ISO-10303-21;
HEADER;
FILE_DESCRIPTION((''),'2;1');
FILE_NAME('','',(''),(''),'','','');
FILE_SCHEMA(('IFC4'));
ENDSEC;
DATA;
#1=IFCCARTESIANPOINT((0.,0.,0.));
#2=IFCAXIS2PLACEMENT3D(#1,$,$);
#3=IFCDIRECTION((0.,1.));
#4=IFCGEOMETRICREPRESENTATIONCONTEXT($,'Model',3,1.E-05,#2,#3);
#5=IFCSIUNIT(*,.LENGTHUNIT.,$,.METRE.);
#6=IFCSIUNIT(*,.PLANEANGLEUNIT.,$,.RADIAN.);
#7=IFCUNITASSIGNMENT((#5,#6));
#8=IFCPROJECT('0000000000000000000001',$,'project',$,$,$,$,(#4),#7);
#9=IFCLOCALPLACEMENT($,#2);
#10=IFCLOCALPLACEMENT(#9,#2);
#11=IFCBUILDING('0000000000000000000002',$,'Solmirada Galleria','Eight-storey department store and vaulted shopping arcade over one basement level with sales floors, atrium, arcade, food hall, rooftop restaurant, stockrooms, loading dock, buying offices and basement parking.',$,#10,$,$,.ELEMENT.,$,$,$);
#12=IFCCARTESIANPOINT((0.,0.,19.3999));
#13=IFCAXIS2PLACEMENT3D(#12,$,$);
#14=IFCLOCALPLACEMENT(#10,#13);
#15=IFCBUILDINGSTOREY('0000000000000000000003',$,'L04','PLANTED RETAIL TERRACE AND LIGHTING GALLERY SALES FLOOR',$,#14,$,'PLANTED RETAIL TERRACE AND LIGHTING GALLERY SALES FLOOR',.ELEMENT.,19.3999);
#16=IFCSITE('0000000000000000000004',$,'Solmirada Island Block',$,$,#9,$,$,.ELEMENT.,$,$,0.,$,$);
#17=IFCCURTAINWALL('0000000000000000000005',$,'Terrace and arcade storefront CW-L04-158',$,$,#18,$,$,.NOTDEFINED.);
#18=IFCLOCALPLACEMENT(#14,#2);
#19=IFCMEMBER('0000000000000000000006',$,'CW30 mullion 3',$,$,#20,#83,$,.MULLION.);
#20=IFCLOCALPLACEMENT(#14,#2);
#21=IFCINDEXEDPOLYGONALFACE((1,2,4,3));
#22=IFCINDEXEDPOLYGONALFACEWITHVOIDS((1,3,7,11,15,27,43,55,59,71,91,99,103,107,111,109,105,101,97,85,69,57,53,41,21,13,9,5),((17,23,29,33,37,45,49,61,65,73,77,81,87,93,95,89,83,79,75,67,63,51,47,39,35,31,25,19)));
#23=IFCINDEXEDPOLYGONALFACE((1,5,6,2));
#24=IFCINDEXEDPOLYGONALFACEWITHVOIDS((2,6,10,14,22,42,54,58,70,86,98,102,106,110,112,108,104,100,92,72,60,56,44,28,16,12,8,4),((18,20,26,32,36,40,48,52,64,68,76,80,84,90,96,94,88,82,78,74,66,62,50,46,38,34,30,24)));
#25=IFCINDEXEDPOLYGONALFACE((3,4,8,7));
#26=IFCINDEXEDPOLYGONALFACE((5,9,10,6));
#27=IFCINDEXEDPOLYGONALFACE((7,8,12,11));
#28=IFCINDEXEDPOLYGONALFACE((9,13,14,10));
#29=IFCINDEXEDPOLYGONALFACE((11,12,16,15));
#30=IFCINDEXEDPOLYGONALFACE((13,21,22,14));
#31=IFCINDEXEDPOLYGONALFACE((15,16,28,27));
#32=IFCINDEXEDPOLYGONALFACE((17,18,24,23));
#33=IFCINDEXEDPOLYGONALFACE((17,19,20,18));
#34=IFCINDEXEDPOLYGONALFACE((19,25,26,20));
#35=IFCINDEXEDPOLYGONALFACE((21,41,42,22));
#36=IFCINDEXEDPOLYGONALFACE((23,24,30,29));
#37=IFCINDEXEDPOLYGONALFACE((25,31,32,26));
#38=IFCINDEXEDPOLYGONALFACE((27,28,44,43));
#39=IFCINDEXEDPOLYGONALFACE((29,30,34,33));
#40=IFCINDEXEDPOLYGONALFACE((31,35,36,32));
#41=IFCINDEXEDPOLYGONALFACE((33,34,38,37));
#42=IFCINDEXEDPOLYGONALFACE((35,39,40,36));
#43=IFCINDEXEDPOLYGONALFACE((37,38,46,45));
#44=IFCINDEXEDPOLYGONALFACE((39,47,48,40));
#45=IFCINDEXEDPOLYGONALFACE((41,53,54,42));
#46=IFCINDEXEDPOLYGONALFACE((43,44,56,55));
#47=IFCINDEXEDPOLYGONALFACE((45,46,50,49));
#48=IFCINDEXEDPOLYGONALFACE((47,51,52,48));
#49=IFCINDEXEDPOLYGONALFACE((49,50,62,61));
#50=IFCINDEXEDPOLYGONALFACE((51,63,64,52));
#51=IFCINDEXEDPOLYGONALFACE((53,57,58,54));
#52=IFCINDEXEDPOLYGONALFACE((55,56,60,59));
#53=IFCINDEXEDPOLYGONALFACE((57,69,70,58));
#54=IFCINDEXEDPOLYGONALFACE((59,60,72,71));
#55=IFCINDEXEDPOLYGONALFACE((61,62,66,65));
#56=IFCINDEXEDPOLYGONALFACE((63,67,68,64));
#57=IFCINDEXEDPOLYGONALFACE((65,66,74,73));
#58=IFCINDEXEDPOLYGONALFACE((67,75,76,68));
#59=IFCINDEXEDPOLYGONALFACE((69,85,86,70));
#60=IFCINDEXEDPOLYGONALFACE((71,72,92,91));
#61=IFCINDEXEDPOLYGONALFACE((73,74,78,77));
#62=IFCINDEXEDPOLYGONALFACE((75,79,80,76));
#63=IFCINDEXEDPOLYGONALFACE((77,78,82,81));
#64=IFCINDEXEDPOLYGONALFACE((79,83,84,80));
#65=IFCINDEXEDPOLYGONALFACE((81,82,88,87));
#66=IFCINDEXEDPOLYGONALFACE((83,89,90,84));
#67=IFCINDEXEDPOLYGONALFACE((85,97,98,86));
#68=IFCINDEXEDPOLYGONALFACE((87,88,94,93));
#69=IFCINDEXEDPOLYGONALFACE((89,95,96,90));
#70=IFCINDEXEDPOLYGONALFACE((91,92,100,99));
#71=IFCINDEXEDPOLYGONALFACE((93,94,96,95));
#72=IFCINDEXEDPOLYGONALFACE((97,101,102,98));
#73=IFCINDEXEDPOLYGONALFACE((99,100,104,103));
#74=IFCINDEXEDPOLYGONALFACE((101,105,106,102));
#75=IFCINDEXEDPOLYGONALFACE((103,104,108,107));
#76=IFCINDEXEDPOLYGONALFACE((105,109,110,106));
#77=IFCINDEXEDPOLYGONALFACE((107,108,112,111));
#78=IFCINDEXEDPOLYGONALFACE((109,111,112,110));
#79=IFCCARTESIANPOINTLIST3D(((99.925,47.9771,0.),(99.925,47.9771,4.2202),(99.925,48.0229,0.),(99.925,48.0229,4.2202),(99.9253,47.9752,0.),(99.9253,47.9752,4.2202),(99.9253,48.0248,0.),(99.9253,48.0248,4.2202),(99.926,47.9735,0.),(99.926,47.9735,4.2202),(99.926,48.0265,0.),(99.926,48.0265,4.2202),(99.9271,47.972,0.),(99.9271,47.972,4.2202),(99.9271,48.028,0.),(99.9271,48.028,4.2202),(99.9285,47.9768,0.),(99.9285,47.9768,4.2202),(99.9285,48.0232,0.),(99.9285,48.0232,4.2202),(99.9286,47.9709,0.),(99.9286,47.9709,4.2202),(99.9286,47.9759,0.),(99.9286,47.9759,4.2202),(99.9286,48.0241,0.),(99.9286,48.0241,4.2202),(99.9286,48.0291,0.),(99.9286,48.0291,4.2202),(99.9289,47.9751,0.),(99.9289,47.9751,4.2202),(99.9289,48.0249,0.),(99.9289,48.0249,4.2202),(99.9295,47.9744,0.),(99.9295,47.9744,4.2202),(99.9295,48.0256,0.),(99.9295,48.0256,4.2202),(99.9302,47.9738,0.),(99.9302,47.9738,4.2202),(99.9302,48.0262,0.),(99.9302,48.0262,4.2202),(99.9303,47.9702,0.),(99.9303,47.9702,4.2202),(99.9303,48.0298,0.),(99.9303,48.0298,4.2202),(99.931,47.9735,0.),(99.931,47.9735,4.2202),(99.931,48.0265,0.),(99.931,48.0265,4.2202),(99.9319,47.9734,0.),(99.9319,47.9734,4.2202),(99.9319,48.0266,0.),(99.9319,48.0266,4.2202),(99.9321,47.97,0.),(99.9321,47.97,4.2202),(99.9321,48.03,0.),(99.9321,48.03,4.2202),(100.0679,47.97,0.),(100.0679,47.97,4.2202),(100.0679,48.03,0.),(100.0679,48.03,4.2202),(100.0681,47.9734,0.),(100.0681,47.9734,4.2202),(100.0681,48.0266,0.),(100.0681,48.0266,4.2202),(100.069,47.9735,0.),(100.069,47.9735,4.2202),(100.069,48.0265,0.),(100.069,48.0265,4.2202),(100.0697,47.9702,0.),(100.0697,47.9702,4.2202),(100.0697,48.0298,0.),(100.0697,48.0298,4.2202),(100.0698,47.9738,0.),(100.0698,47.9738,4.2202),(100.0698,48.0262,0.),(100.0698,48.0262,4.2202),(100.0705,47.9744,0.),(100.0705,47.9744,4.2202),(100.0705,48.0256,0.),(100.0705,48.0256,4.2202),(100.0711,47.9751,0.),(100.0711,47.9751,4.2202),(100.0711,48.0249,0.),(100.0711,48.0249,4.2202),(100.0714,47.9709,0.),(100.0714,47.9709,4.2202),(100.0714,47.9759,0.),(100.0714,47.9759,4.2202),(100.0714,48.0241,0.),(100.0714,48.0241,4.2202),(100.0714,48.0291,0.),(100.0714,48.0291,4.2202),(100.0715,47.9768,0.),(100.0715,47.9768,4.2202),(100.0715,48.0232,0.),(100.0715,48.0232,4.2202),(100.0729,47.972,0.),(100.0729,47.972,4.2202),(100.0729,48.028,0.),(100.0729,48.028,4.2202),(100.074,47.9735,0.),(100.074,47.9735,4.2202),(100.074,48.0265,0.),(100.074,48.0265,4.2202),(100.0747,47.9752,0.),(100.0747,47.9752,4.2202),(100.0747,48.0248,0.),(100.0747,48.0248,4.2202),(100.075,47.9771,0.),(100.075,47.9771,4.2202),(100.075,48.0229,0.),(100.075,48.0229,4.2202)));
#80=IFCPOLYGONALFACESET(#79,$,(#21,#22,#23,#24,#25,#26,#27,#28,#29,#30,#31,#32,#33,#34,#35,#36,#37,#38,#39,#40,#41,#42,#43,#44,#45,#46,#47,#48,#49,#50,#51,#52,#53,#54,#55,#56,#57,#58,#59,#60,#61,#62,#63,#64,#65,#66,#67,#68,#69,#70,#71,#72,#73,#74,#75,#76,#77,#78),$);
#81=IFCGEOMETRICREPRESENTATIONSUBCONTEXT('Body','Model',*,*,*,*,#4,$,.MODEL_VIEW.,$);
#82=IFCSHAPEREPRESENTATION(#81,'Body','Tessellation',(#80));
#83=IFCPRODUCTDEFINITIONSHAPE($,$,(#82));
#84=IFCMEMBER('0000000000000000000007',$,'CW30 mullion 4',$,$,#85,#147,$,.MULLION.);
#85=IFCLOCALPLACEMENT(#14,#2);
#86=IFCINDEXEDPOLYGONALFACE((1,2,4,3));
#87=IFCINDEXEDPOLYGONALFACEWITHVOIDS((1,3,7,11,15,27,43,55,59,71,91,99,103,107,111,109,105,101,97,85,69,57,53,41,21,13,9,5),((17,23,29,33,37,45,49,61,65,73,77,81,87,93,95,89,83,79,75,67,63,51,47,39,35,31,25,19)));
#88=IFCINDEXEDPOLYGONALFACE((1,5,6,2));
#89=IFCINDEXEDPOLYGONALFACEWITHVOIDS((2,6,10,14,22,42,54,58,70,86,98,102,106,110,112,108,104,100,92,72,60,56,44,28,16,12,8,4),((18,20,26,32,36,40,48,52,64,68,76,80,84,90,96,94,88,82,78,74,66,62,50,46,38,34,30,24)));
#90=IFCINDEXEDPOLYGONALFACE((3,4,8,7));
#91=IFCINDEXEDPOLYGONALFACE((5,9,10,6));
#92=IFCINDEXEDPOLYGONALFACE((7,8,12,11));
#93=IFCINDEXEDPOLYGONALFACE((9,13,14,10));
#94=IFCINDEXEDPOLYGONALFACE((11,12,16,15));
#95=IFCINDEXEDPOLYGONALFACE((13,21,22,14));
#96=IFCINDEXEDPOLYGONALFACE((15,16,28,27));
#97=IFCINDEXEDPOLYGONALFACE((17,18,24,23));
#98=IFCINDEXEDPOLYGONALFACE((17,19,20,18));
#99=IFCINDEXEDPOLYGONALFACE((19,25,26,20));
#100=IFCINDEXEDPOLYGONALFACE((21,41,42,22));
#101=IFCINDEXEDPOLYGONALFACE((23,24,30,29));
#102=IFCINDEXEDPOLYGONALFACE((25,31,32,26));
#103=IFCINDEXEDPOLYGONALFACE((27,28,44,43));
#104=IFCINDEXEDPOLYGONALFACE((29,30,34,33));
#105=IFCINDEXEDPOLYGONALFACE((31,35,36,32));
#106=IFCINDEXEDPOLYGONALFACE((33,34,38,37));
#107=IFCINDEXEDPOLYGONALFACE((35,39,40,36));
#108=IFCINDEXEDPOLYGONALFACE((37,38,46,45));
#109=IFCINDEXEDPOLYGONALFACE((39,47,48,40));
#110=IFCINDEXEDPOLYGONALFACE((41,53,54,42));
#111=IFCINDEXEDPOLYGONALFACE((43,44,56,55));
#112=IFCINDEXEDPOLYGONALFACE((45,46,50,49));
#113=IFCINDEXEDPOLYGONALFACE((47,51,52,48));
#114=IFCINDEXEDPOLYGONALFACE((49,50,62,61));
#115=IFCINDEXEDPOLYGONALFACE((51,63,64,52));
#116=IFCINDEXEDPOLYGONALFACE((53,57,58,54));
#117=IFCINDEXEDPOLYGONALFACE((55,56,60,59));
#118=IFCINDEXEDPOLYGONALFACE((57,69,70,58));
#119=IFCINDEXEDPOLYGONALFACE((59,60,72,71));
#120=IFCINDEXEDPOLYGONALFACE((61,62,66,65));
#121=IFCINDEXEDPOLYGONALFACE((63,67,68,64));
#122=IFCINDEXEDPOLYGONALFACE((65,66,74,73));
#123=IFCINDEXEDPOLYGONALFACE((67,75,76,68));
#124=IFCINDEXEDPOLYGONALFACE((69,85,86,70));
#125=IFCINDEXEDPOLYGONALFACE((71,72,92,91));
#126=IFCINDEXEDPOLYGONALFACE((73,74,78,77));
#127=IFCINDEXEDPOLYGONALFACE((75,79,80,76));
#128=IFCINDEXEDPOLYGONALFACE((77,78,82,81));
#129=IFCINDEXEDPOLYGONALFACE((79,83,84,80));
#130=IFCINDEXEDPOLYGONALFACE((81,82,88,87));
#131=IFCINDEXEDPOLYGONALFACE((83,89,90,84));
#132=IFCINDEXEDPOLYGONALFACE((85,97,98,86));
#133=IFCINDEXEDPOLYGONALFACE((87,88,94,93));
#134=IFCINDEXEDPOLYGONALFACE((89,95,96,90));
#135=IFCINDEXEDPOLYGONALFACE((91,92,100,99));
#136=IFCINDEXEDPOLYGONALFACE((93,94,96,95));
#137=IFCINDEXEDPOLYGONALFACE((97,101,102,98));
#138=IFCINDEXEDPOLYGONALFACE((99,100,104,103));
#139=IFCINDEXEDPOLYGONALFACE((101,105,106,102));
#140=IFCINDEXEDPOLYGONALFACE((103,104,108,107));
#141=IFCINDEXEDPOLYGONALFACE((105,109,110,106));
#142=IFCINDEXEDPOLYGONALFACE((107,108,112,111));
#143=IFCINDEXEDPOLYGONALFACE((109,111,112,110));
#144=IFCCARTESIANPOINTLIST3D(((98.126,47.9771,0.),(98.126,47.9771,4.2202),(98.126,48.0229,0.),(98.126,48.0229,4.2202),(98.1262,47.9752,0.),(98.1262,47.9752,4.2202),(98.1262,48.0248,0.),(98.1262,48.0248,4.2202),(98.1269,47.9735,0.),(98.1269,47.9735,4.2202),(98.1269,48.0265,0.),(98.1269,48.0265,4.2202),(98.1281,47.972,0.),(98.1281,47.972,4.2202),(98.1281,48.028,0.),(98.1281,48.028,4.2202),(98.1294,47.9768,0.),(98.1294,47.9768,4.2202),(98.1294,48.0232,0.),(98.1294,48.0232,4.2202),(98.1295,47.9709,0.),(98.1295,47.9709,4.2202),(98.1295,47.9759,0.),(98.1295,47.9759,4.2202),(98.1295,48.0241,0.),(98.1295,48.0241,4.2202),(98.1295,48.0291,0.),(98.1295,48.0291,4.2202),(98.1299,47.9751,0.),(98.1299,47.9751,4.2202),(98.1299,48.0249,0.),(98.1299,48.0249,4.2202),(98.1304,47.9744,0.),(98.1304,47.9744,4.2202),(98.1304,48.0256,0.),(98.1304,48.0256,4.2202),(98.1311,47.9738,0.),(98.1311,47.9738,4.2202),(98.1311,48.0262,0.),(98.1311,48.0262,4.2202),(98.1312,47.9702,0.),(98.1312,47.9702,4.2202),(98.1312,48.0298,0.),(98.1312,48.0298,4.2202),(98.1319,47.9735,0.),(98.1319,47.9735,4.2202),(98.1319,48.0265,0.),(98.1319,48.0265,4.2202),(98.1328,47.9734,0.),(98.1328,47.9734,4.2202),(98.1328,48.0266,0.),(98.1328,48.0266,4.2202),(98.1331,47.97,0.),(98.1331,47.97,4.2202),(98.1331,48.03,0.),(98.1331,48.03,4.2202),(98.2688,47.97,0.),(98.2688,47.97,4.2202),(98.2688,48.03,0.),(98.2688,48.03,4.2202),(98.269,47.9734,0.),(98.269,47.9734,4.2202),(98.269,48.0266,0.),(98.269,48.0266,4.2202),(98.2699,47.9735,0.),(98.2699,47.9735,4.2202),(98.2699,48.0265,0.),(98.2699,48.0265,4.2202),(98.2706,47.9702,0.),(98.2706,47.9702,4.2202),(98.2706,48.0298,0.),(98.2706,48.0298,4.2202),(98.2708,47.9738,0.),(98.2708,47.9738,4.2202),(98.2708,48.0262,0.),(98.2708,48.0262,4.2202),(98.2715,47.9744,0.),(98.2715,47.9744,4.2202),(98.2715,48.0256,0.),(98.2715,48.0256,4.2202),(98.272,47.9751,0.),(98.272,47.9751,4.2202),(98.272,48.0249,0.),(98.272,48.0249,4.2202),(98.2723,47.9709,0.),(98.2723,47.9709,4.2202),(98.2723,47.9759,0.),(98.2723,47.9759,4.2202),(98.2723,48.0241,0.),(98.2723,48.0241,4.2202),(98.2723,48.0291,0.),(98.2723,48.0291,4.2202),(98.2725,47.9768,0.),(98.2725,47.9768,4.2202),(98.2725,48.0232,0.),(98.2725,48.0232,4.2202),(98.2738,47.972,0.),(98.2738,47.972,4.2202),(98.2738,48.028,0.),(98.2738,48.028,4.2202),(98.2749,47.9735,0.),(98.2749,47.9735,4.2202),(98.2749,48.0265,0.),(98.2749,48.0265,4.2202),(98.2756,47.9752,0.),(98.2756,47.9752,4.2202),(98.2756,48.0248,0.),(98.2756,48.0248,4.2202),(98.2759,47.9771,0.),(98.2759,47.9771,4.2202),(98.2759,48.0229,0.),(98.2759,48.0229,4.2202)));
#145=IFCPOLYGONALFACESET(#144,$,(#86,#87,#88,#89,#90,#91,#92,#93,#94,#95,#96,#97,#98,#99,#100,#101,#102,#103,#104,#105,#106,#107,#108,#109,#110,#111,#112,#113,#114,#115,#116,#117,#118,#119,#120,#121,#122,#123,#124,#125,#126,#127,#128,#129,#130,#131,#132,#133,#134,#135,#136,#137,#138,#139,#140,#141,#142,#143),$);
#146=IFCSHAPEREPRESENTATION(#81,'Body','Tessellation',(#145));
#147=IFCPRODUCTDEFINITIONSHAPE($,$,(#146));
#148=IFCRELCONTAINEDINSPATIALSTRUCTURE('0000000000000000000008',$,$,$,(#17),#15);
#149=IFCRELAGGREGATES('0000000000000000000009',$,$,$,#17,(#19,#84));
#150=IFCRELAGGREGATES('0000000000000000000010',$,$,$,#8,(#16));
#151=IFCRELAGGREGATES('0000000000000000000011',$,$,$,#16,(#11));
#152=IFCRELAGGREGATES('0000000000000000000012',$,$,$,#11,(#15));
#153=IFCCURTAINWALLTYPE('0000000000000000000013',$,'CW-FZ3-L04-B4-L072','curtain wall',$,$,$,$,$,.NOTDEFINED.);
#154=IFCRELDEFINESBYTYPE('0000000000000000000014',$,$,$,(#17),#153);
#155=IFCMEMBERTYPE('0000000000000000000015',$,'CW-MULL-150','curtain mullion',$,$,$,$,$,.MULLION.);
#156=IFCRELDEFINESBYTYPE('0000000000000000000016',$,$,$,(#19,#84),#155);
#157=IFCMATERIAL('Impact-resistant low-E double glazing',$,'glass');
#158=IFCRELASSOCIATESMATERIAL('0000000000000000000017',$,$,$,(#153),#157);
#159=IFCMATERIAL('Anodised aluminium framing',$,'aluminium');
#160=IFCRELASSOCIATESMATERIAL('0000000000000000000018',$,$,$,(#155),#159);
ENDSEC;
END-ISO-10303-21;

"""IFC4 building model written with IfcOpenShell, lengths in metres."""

from ifc_helpers import new_model, si_unit, direction, frame, origin, origin_2d, place, context, subcontext, project, spatial, hollow_rectangle, extrude, material, material_profile, profile_set, type_object, element, aggregate, save


model = new_model("IFC4")

# Units and contexts
model_context = context("Model", 3, precision=1e-05, world=origin(), true_north=direction((0.0, 1.0)))
body_context = subcontext(model_context, "Body", "Model", "MODEL_VIEW")
ifc_project = project(units=[si_unit("LENGTHUNIT", "METRE"), si_unit("PLANEANGLEUNIT", "RADIAN")], contexts=[model_context])

# Site, building, storey
site_placement = place(None, origin())
site = spatial("IfcSite", under=ifc_project, at=site_placement, Name="Solmirada Island Block", CompositionType="ELEMENT", RefElevation=0.0)
building_placement = place(site_placement, origin())
building = spatial("IfcBuilding", under=site, at=building_placement, Name="Solmirada Galleria", Description="Eight-storey department store and vaulted shopping arcade over one basement level with sales floors, atrium, arcade, food hall, rooftop restaurant, stockrooms, loading dock, buying offices and basement parking.", CompositionType="ELEMENT")
storey_placement = place(building_placement, frame((0.0, 0.0, 19.3999)))
storey = spatial("IfcBuildingStorey", under=building, at=storey_placement, Name="L04", Description="PLANTED RETAIL TERRACE AND LIGHTING GALLERY SALES FLOOR", LongName="PLANTED RETAIL TERRACE AND LIGHTING GALLERY SALES FLOOR", CompositionType="ELEMENT", Elevation=19.3999)

# Curtain wall, members
ifc_material_1 = material(Name="Impact-resistant low-E double glazing", Category="glass")
curtain_wall_type = type_object("IfcCurtainWallType", Name="CW-FZ3-L04-B4-L072", Description="curtain wall", PredefinedType="NOTDEFINED", material=ifc_material_1)
curtain_wall_placement = place(storey_placement, origin())
curtain_wall = element("IfcCurtainWall", 1, at=curtain_wall_placement, inside=storey, type_object=curtain_wall_type, Name="Terrace and arcade storefront CW-L04-158", PredefinedType="NOTDEFINED")
ifc_material_2 = material(Name="Anodised aluminium framing", Category="aluminium")
ifc_material_profile_1 = material_profile(ifc_material_2, hollow_rectangle(XDim=0.0601, YDim=0.1499, WallThickness=0.0034, InnerFilletRadius=0.0034, OuterFilletRadius=0.0071, at=origin_2d()), Name="ALU-MULL-150X60")
ifc_profile_set_1 = profile_set([ifc_material_profile_1], Name="Anodised aluminium framing")
member_type_1 = type_object("IfcMemberType", Name="CW-MULL-150", Description="curtain mullion", PredefinedType="MULLION", material=ifc_profile_set_1)
member_1_placement = place(storey_placement, frame((100.0, 48.0, 0.0), z_axis=(0.0, 0.0, 1.0), x_axis=(0.0, -1.0, 0.0)))
member_1 = element("IfcMember", 2, at=member_1_placement, type_object=member_type_1, Name="CW30 mullion 3", PredefinedType="MULLION", context=body_context, shape_type="SweptSolid", body=[
    extrude(hollow_rectangle(XDim=0.0601, YDim=0.1499, WallThickness=0.0034, InnerFilletRadius=0.0034, OuterFilletRadius=0.0071, at=origin_2d()), origin(), (0.0, 0.0, 1.0), 4.2202),
])
member_2_placement = place(storey_placement, frame((98.2009, 48.0, 0.0), z_axis=(0.0, 0.0, 1.0), x_axis=(0.0, -1.0, 0.0)))
member_2 = element("IfcMember", 3, at=member_2_placement, type_object=member_type_1, Name="CW30 mullion 4", PredefinedType="MULLION", context=body_context, shape_type="SweptSolid", body=[
    extrude(hollow_rectangle(XDim=0.0601, YDim=0.1499, WallThickness=0.0034, InnerFilletRadius=0.0034, OuterFilletRadius=0.0071, at=origin_2d()), origin(), (0.0, 0.0, 1.0), 4.2202),
])
aggregate(curtain_wall, [member_1, member_2])

save(model, "model.ifc")
